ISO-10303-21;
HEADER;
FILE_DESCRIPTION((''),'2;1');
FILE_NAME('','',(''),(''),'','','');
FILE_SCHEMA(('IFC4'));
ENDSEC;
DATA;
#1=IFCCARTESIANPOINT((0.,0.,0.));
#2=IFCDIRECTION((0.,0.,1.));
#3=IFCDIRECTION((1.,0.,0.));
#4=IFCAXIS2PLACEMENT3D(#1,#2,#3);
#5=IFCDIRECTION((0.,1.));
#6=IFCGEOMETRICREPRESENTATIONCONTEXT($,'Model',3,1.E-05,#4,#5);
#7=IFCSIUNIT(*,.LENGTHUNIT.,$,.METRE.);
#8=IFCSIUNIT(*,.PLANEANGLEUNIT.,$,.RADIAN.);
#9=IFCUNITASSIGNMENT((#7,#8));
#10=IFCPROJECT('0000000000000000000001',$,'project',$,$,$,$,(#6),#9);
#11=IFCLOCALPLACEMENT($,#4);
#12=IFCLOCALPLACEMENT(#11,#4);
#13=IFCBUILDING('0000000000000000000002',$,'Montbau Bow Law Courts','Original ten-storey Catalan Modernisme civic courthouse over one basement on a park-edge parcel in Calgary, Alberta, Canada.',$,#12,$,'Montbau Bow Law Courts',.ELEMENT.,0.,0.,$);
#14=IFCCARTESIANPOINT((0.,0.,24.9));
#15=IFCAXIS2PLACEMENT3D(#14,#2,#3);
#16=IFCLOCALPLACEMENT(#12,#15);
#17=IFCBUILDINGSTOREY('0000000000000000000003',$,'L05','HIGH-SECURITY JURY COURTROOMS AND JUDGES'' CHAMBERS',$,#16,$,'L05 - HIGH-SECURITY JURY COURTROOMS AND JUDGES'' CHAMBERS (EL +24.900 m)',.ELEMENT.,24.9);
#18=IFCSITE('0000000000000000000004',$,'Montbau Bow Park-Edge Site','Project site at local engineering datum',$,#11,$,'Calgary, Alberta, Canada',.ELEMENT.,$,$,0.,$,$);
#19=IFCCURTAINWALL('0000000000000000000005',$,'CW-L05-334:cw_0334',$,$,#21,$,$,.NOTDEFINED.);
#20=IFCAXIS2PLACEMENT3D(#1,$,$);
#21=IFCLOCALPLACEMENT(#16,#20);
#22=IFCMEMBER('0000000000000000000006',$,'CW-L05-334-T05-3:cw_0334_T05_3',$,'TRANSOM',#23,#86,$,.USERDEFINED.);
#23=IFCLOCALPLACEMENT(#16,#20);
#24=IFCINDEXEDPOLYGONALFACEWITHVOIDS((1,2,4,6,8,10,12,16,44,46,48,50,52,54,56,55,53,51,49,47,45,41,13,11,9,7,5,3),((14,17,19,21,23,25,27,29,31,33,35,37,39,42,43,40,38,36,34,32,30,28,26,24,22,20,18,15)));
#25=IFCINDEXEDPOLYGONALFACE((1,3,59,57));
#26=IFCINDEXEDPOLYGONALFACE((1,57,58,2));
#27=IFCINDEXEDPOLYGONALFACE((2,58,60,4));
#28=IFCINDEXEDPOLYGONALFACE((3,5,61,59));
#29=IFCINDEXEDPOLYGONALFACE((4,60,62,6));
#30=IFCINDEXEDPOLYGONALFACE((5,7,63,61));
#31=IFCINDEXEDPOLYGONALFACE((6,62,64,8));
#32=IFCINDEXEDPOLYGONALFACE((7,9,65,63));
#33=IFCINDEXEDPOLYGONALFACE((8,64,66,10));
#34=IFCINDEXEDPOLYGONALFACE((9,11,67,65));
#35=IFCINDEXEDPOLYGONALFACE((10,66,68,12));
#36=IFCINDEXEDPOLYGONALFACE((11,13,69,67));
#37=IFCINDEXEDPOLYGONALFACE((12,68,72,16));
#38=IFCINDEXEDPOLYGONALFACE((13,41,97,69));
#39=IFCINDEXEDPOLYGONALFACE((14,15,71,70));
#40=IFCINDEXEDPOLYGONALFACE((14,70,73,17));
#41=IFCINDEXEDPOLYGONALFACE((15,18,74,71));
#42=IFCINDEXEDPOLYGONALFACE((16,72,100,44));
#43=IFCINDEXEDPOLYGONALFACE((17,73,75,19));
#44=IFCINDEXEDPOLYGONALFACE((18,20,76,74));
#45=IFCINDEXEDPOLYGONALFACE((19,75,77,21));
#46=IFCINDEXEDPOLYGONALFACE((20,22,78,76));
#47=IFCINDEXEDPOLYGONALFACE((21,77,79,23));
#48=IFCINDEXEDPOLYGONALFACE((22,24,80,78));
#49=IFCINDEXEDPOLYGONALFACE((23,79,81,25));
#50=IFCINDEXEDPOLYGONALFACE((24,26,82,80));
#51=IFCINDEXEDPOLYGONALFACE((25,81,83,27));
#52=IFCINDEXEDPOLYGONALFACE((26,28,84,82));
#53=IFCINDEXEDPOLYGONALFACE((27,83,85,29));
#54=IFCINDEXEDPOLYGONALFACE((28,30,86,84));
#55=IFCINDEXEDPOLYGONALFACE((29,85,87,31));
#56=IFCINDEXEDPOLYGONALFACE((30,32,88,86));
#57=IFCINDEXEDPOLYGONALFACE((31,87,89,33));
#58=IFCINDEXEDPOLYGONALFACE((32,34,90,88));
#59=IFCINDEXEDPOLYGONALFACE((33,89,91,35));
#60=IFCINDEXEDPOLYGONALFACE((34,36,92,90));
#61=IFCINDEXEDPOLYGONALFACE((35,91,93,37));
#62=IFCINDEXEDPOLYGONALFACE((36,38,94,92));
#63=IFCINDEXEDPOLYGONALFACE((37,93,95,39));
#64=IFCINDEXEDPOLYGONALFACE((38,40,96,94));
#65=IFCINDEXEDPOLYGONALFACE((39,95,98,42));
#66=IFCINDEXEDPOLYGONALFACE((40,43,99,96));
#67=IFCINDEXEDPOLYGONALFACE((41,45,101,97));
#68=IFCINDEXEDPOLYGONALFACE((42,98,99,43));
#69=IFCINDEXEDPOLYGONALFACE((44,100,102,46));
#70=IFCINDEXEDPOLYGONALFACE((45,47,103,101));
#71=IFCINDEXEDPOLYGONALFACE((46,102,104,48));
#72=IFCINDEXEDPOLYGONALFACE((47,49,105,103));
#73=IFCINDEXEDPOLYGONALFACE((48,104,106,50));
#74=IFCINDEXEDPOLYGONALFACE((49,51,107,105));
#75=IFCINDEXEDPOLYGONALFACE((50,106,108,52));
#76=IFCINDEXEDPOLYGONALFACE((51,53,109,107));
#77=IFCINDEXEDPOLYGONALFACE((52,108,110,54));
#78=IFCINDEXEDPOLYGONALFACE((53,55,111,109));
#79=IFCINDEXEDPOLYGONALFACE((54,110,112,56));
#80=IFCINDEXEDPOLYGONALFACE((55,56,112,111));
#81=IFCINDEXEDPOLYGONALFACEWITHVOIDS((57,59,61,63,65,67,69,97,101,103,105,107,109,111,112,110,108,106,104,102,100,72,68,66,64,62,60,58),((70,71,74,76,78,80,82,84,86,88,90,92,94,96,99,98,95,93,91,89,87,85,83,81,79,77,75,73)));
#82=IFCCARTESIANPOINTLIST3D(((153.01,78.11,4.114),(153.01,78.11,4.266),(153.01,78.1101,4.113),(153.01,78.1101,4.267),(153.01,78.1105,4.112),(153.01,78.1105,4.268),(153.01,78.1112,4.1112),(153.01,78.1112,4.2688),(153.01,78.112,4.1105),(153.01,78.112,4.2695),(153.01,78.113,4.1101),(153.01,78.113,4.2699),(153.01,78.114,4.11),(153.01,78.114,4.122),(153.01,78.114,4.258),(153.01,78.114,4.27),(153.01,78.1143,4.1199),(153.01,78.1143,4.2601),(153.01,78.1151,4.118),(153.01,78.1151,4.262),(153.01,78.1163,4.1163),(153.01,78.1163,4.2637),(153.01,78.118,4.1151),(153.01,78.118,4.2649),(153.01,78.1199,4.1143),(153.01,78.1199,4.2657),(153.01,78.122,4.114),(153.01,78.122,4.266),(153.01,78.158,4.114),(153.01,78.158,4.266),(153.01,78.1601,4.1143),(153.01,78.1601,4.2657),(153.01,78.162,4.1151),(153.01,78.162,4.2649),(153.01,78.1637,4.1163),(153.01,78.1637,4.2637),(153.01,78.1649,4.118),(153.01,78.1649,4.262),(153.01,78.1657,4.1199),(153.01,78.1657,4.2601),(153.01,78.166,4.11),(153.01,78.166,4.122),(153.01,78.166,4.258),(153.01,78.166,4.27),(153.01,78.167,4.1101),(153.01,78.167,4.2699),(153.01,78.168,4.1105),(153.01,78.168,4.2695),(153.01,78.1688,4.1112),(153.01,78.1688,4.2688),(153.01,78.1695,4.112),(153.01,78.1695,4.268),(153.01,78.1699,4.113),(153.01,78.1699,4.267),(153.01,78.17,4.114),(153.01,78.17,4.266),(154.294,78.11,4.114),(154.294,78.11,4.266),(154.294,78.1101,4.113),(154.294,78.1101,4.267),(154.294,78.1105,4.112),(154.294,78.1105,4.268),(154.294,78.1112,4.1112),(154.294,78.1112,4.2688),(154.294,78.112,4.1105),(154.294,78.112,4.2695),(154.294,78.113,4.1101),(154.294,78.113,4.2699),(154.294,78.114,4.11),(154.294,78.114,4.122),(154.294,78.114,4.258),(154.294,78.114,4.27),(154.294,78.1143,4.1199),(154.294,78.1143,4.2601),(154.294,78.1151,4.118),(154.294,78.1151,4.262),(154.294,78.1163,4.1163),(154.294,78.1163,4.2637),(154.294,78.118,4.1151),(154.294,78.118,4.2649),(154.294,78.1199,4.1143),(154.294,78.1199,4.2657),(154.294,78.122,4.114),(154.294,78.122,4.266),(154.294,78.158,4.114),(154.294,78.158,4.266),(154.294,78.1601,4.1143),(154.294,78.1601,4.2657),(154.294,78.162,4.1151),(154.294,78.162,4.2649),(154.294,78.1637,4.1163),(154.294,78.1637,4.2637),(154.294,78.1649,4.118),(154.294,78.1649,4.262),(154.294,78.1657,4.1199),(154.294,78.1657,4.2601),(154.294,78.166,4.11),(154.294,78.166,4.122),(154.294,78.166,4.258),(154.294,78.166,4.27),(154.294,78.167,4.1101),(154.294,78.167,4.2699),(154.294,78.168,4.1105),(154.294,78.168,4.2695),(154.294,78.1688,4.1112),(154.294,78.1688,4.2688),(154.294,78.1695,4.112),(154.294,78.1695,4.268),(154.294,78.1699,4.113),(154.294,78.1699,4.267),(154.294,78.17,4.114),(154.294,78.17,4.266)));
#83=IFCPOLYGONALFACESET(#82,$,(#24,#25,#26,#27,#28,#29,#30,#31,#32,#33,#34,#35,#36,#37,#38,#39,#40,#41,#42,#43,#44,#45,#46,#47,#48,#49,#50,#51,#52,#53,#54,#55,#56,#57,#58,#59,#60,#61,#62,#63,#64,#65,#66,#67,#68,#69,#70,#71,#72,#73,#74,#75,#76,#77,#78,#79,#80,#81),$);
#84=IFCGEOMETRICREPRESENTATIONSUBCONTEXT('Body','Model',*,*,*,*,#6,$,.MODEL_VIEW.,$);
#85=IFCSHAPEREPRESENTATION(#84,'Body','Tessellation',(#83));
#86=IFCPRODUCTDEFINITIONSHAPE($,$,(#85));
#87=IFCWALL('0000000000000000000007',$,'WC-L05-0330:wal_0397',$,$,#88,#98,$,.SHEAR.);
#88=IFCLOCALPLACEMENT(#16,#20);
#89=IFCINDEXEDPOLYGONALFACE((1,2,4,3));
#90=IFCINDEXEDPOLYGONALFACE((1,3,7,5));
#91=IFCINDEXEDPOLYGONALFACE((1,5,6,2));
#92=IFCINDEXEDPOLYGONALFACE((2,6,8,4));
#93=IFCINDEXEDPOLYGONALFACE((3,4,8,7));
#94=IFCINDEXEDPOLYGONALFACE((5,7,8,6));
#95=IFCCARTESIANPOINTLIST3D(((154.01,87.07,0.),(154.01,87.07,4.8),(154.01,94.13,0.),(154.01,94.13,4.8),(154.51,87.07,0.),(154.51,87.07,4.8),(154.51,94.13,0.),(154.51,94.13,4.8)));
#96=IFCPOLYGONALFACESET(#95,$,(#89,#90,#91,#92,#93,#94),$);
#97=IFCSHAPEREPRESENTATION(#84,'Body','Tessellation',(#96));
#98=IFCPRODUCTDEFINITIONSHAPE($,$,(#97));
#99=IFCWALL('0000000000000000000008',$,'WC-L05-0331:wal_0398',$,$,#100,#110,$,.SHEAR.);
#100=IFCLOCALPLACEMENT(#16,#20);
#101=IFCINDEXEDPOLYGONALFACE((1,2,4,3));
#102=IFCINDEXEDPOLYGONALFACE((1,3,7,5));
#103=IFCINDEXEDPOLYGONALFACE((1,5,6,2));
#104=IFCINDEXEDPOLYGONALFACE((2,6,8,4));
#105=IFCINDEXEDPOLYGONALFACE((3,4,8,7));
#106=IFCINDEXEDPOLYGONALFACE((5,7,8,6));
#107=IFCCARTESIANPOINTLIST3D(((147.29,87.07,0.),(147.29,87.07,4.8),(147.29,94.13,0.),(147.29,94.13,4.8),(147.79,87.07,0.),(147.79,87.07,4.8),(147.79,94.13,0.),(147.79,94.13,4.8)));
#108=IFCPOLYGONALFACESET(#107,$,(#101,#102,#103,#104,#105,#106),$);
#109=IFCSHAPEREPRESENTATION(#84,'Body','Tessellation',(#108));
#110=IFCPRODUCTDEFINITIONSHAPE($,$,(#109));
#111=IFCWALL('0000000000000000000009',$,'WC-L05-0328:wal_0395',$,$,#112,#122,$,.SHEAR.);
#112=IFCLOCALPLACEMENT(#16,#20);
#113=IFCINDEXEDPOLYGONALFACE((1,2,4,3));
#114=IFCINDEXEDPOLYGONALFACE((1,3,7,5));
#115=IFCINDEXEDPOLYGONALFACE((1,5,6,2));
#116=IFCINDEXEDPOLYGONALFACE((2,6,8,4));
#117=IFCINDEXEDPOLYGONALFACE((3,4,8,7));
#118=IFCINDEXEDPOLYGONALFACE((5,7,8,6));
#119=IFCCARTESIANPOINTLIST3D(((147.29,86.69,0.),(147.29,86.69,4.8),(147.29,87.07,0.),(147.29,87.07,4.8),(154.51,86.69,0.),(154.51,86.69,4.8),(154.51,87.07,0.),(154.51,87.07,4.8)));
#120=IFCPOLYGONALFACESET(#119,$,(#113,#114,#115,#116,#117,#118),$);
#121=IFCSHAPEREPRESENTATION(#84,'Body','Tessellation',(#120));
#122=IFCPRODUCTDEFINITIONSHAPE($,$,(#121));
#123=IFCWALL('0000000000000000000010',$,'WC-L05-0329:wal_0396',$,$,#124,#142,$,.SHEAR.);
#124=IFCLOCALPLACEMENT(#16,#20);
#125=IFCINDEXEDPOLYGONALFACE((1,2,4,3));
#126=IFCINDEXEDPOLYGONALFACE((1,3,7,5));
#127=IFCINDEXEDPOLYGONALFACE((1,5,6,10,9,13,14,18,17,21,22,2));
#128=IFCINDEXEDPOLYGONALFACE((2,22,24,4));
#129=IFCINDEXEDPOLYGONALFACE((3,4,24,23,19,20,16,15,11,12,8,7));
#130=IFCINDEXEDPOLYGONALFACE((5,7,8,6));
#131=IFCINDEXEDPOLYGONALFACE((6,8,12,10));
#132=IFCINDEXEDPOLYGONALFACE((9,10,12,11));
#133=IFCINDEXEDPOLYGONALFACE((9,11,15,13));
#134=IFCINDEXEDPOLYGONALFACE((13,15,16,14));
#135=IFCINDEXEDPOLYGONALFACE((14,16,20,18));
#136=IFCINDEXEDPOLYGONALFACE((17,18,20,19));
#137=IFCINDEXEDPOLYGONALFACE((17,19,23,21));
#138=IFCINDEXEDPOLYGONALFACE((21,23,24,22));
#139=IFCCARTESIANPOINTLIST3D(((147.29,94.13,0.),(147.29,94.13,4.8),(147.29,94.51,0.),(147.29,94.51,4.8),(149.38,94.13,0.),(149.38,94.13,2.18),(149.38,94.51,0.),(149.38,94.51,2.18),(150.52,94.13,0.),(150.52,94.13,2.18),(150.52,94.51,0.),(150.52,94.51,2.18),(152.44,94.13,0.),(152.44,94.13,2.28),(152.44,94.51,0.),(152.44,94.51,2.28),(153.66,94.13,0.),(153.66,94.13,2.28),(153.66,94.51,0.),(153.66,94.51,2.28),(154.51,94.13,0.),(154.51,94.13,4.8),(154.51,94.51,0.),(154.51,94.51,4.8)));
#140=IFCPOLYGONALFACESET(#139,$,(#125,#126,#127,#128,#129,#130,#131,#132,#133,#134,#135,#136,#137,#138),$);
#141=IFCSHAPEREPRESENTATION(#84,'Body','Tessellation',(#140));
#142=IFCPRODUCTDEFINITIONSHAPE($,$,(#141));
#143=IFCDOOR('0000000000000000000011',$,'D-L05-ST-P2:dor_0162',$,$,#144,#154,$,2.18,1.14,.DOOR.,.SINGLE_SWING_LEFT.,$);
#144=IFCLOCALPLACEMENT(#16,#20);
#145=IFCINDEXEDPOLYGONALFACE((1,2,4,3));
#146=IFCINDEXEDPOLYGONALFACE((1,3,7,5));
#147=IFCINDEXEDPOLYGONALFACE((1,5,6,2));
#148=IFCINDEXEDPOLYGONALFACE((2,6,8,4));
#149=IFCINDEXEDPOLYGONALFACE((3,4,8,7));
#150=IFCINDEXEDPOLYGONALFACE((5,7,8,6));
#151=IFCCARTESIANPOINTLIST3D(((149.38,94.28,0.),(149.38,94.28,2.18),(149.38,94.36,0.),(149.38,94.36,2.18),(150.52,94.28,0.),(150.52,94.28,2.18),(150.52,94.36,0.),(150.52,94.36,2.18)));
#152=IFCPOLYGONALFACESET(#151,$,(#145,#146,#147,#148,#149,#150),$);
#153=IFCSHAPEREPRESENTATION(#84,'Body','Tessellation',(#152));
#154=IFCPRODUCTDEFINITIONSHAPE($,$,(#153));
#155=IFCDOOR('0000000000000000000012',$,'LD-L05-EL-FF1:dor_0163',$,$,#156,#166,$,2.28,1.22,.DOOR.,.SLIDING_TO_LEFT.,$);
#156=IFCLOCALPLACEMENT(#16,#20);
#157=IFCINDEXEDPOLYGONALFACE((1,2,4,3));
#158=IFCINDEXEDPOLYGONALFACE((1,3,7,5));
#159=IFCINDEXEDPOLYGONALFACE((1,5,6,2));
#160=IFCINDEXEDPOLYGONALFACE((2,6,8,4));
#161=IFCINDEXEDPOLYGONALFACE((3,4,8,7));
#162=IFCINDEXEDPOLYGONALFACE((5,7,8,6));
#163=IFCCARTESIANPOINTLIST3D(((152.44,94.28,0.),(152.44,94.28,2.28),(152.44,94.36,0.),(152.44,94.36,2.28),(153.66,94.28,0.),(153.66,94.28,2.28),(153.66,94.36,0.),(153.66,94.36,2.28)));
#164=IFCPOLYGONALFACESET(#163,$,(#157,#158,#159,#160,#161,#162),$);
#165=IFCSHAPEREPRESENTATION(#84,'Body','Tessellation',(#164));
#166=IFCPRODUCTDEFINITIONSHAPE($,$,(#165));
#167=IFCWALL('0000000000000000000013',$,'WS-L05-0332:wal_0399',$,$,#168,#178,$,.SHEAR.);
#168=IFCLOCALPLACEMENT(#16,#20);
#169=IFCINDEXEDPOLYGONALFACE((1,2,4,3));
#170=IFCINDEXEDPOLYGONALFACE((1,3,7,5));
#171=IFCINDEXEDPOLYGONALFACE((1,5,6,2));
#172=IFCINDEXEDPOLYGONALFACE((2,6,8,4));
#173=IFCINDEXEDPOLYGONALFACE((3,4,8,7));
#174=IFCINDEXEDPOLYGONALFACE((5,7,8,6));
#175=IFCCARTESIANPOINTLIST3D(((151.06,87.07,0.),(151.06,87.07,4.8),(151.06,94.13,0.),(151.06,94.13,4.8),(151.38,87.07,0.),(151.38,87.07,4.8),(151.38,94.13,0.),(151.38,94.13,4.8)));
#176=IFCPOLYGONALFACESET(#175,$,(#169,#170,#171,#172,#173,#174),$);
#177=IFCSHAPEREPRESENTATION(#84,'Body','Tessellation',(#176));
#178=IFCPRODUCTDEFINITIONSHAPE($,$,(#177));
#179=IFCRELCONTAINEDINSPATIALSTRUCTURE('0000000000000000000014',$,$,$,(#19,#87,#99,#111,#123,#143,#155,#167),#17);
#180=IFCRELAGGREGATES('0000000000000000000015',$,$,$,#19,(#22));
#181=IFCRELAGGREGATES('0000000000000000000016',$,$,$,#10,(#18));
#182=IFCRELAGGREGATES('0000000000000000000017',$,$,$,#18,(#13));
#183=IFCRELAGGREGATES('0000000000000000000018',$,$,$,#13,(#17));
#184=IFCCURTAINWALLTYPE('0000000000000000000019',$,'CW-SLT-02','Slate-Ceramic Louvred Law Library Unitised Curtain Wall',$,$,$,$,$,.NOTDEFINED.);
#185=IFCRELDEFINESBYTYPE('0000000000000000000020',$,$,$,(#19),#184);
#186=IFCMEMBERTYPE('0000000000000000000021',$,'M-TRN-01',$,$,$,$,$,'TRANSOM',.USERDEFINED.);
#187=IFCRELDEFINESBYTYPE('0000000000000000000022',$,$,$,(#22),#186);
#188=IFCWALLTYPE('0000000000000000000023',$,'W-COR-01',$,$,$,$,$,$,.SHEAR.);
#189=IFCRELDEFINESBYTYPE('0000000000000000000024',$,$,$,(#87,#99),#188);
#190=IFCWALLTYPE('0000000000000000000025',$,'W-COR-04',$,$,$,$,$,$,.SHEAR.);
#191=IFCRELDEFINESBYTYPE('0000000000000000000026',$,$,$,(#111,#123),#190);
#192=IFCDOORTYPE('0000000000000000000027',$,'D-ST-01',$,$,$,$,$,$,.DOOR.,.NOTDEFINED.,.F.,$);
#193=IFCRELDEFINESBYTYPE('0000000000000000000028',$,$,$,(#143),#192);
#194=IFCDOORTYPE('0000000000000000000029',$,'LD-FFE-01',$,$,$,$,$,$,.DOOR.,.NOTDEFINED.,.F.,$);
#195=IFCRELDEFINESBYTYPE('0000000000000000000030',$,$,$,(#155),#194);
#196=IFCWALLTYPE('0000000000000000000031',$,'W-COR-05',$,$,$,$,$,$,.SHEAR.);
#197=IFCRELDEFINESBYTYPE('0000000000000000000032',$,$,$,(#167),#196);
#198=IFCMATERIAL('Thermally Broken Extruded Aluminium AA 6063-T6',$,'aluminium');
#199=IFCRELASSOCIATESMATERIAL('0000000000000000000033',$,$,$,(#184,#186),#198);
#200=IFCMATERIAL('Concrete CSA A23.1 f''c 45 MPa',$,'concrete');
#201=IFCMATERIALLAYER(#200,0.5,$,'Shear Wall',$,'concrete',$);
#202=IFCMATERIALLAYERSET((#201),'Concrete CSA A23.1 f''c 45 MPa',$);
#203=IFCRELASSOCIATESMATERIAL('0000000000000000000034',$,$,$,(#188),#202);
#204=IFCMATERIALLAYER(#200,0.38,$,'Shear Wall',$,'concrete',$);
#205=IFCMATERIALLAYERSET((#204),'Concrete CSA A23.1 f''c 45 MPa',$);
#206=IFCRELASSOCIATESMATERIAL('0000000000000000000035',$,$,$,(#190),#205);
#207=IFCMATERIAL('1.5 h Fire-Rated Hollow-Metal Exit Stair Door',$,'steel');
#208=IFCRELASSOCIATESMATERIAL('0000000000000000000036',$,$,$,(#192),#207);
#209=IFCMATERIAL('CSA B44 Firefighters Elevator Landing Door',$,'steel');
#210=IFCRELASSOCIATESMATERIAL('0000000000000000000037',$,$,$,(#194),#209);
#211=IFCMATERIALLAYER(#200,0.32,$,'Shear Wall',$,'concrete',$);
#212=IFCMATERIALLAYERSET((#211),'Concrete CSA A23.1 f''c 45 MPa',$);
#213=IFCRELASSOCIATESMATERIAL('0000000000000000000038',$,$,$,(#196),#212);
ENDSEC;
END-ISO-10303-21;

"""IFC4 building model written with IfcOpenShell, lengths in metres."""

from ifc_helpers import new_model, si_unit, direction, frame, frame_2d, origin_with_axes, origin_2d_with_axis, place, context, subcontext, project, spatial, rectangle, hollow_rectangle, extrude, material, layer, layer_set, material_profile, profile_set, type_object, element, fill, aggregate, save


model = new_model("IFC4")

# Units and contexts
model_context = context("Model", 3, precision=1e-05, world=origin_with_axes(), true_north=direction((0.0, 1.0)))
body_context = subcontext(model_context, "Body", "Model", "MODEL_VIEW")
ifc_project = project(units=[si_unit("LENGTHUNIT", "METRE"), si_unit("PLANEANGLEUNIT", "RADIAN")], contexts=[model_context])

# Site, building, storey
site_placement = place(None, origin_with_axes())
site = spatial("IfcSite", under=ifc_project, at=site_placement, Name="Montbau Bow Park-Edge Site", Description="Project site at local engineering datum", LongName="Calgary, Alberta, Canada", CompositionType="ELEMENT", RefElevation=0.0)
building_placement = place(site_placement, origin_with_axes())
building = spatial("IfcBuilding", under=site, at=building_placement, Name="Montbau Bow Law Courts", Description="Original ten-storey Catalan Modernisme civic courthouse over one basement on a park-edge parcel in Calgary, Alberta, Canada.", LongName="Montbau Bow Law Courts", CompositionType="ELEMENT", ElevationOfRefHeight=0.0, ElevationOfTerrain=0.0)
storey_placement = place(building_placement, frame((0.0, 0.0, 24.9), z_axis=(0.0, 0.0, 1.0), x_axis=(1.0, 0.0, 0.0)))
storey = spatial("IfcBuildingStorey", under=building, at=storey_placement, Name="L05", Description="HIGH-SECURITY JURY COURTROOMS AND JUDGES' CHAMBERS", LongName="L05 - HIGH-SECURITY JURY COURTROOMS AND JUDGES' CHAMBERS (EL +24.900 m)", CompositionType="ELEMENT", Elevation=24.9)

# Curtain wall, member
ifc_material_1 = material(Name="Thermally Broken Extruded Aluminium AA 6063-T6", Category="aluminium")
curtain_wall_type = type_object("IfcCurtainWallType", Name="CW-SLT-02", Description="Slate-Ceramic Louvred Law Library Unitised Curtain Wall", PredefinedType="NOTDEFINED", material=ifc_material_1)
curtain_wall_placement = place(None, frame((147.44, 78.14, 24.9), z_axis=(0.0, 0.0, 1.0), x_axis=(1.0, 0.0, 0.0)))
curtain_wall = element("IfcCurtainWall", 1, at=curtain_wall_placement, inside=storey, type_object=curtain_wall_type, Name="CW-L05-334:cw_0334", PredefinedType="NOTDEFINED")
ifc_material_profile_1 = material_profile(ifc_material_1, hollow_rectangle(XDim=0.06, YDim=0.16, WallThickness=0.004, InnerFilletRadius=0.008, OuterFilletRadius=0.004, at=origin_2d_with_axis()), Name="CWT-160X60", Category="Main", Priority=0)
ifc_profile_set_1 = profile_set([ifc_material_profile_1], Name="Thermally Broken Extruded Aluminium AA 6063-T6")
member_type_1 = type_object("IfcMemberType", Name="M-TRN-01", ElementType="TRANSOM", PredefinedType="USERDEFINED", material=ifc_profile_set_1)
member_1_placement = place(None, frame((153.01, 78.14, 29.09), z_axis=(1.0, 0.0, 0.0), x_axis=(0.0, 1.0, 0.0)))
member_1 = element("IfcMember", 2, at=member_1_placement, type_object=member_type_1, Name="CW-L05-334-T05-3:cw_0334_T05_3", ObjectType="TRANSOM", PredefinedType="USERDEFINED", context=body_context, shape_type="SweptSolid", body=[
    extrude(hollow_rectangle(XDim=0.06, YDim=0.16, WallThickness=0.004, InnerFilletRadius=0.008, OuterFilletRadius=0.004, at=origin_2d_with_axis()), origin_with_axes(), (0.0, 0.0, 1.0), 1.284),
])
aggregate(curtain_wall, [member_1])

# Walls
ifc_material_2 = material(Name="Concrete CSA A23.1 f'c 45 MPa", Category="concrete")
ifc_layer_1 = layer(ifc_material_2, 0.5, Name="Shear Wall", Category="concrete")
ifc_layer_set_1 = layer_set([ifc_layer_1], Name="Concrete CSA A23.1 f'c 45 MPa")
wall_type_1 = type_object("IfcWallType", Name="W-COR-01", PredefinedType="SHEAR", material=ifc_layer_set_1)
for number, where, z_axis, x_axis, name in (
    (3, (154.26, 87.07, 24.9), (0.0, 0.0, 1.0), (0.0, 1.0, 0.0), "WC-L05-0330:wal_0397"),
    (4, (147.54, 94.13, 24.9), (0.0, 0.0, 1.0), (0.0, -1.0, 0.0), "WC-L05-0331:wal_0398"),
):
    element("IfcWall", number, at=place(None, frame(where, z_axis=z_axis, x_axis=x_axis)), inside=storey, type_object=wall_type_1, Name=name, PredefinedType="SHEAR", context=body_context, shape_type="SweptSolid", body=[
        extrude(rectangle(XDim=7.06, YDim=0.5, at=frame_2d((3.53, 0.0), x_axis=(1.0, 0.0))), origin_with_axes(), (0.0, 0.0, 1.0), 4.8),
    ])
ifc_layer_2 = layer(ifc_material_2, 0.38, Name="Shear Wall", Category="concrete")
ifc_layer_set_2 = layer_set([ifc_layer_2], Name="Concrete CSA A23.1 f'c 45 MPa")
wall_type_2 = type_object("IfcWallType", Name="W-COR-04", PredefinedType="SHEAR", material=ifc_layer_set_2)
wall_1_placement = place(None, frame((147.29, 86.88, 24.9), z_axis=(0.0, 0.0, 1.0), x_axis=(1.0, 0.0, 0.0)))
element("IfcWall", 5, at=wall_1_placement, inside=storey, type_object=wall_type_2, Name="WC-L05-0328:wal_0395", PredefinedType="SHEAR", context=body_context, shape_type="SweptSolid", body=[
    extrude(rectangle(XDim=7.22, YDim=0.38, at=frame_2d((3.61, 0.0), x_axis=(1.0, 0.0))), origin_with_axes(), (0.0, 0.0, 1.0), 4.8),
])

# Wall, openings, doors
wall_2_placement = place(None, frame((154.51, 94.32, 24.9), z_axis=(0.0, 0.0, 1.0), x_axis=(-1.0, 0.0, 0.0)))
wall_2 = element("IfcWall", 6, at=wall_2_placement, inside=storey, type_object=wall_type_2, Name="WC-L05-0329:wal_0396", PredefinedType="SHEAR", context=body_context, shape_type="SweptSolid", body=[
    extrude(rectangle(XDim=7.22, YDim=0.38, at=frame_2d((3.61, 0.0), x_axis=(1.0, 0.0))), origin_with_axes(), (0.0, 0.0, 1.0), 4.8),
])
opening_1_placement = place(None, frame((149.95, 94.32, 24.9), z_axis=(0.0, 0.0, 1.0), x_axis=(-1.0, 0.0, 0.0)))
opening_1 = element("IfcOpeningElement", 7, at=opening_1_placement, cuts=wall_2, PredefinedType="OPENING", context=body_context, shape_type="SweptSolid", body=[
    extrude(rectangle(XDim=1.14, YDim=2.18, at=frame_2d((0.0, 1.09), x_axis=(1.0, 0.0))), frame((0.0, 0.2, 0.0), z_axis=(0.0, -1.0, 0.0), x_axis=(1.0, 0.0, 0.0)), (0.0, 0.0, 1.0), 0.4),
])
opening_2_placement = place(None, frame((153.05, 94.32, 24.9), z_axis=(0.0, 0.0, 1.0), x_axis=(-1.0, 0.0, 0.0)))
opening_2 = element("IfcOpeningElement", 8, at=opening_2_placement, cuts=wall_2, PredefinedType="OPENING", context=body_context, shape_type="SweptSolid", body=[
    extrude(rectangle(XDim=1.22, YDim=2.28, at=frame_2d((0.0, 1.14), x_axis=(1.0, 0.0))), frame((0.0, 0.2, 0.0), z_axis=(0.0, -1.0, 0.0), x_axis=(1.0, 0.0, 0.0)), (0.0, 0.0, 1.0), 0.4),
])
ifc_material_3 = material(Name="1.5 h Fire-Rated Hollow-Metal Exit Stair Door", Category="steel")
door_type_1 = type_object("IfcDoorType", Name="D-ST-01", OperationType="NOTDEFINED", ParameterTakesPrecedence=False, PredefinedType="DOOR", material=ifc_material_3)
door_1_placement = place(None, frame((149.95, 94.32, 24.9), z_axis=(0.0, 0.0, 1.0), x_axis=(1.0, 0.0, 0.0)))
door_1 = element("IfcDoor", 9, at=door_1_placement, inside=storey, type_object=door_type_1, Name="D-L05-ST-P2:dor_0162", OperationType="SINGLE_SWING_LEFT", OverallHeight=2.18, OverallWidth=1.14, PredefinedType="DOOR", context=body_context, shape_type="SweptSolid", body=[
    extrude(rectangle(XDim=1.14, YDim=2.18, at=frame_2d((0.0, 1.09), x_axis=(1.0, 0.0))), frame((0.0, 0.04, 0.0), z_axis=(0.0, -1.0, 0.0), x_axis=(1.0, 0.0, 0.0)), (0.0, 0.0, 1.0), 0.08),
])
fill(opening_1, door_1)
ifc_material_4 = material(Name="CSA B44 Firefighters Elevator Landing Door", Category="steel")
door_type_2 = type_object("IfcDoorType", Name="LD-FFE-01", OperationType="NOTDEFINED", ParameterTakesPrecedence=False, PredefinedType="DOOR", material=ifc_material_4)
door_2_placement = place(None, frame((153.05, 94.32, 24.9), z_axis=(0.0, 0.0, 1.0), x_axis=(1.0, 0.0, 0.0)))
door_2 = element("IfcDoor", 10, at=door_2_placement, inside=storey, type_object=door_type_2, Name="LD-L05-EL-FF1:dor_0163", OperationType="SLIDING_TO_LEFT", OverallHeight=2.28, OverallWidth=1.22, PredefinedType="DOOR", context=body_context, shape_type="SweptSolid", body=[
    extrude(rectangle(XDim=1.22, YDim=2.28, at=frame_2d((0.0, 1.14), x_axis=(1.0, 0.0))), frame((0.0, 0.04, 0.0), z_axis=(0.0, -1.0, 0.0), x_axis=(1.0, 0.0, 0.0)), (0.0, 0.0, 1.0), 0.08),
])
fill(opening_2, door_2)

# Wall
ifc_layer_3 = layer(ifc_material_2, 0.32, Name="Shear Wall", Category="concrete")
ifc_layer_set_3 = layer_set([ifc_layer_3], Name="Concrete CSA A23.1 f'c 45 MPa")
wall_type_3 = type_object("IfcWallType", Name="W-COR-05", PredefinedType="SHEAR", material=ifc_layer_set_3)
wall_3_placement = place(None, frame((151.22, 87.07, 24.9), z_axis=(0.0, 0.0, 1.0), x_axis=(0.0, 1.0, 0.0)))
element("IfcWall", 11, at=wall_3_placement, inside=storey, type_object=wall_type_3, Name="WS-L05-0332:wal_0399", PredefinedType="SHEAR", context=body_context, shape_type="SweptSolid", body=[
    extrude(rectangle(XDim=7.06, YDim=0.32, at=frame_2d((3.53, 0.0), x_axis=(1.0, 0.0))), origin_with_axes(), (0.0, 0.0, 1.0), 4.8),
])

save(model, "model.ifc")
